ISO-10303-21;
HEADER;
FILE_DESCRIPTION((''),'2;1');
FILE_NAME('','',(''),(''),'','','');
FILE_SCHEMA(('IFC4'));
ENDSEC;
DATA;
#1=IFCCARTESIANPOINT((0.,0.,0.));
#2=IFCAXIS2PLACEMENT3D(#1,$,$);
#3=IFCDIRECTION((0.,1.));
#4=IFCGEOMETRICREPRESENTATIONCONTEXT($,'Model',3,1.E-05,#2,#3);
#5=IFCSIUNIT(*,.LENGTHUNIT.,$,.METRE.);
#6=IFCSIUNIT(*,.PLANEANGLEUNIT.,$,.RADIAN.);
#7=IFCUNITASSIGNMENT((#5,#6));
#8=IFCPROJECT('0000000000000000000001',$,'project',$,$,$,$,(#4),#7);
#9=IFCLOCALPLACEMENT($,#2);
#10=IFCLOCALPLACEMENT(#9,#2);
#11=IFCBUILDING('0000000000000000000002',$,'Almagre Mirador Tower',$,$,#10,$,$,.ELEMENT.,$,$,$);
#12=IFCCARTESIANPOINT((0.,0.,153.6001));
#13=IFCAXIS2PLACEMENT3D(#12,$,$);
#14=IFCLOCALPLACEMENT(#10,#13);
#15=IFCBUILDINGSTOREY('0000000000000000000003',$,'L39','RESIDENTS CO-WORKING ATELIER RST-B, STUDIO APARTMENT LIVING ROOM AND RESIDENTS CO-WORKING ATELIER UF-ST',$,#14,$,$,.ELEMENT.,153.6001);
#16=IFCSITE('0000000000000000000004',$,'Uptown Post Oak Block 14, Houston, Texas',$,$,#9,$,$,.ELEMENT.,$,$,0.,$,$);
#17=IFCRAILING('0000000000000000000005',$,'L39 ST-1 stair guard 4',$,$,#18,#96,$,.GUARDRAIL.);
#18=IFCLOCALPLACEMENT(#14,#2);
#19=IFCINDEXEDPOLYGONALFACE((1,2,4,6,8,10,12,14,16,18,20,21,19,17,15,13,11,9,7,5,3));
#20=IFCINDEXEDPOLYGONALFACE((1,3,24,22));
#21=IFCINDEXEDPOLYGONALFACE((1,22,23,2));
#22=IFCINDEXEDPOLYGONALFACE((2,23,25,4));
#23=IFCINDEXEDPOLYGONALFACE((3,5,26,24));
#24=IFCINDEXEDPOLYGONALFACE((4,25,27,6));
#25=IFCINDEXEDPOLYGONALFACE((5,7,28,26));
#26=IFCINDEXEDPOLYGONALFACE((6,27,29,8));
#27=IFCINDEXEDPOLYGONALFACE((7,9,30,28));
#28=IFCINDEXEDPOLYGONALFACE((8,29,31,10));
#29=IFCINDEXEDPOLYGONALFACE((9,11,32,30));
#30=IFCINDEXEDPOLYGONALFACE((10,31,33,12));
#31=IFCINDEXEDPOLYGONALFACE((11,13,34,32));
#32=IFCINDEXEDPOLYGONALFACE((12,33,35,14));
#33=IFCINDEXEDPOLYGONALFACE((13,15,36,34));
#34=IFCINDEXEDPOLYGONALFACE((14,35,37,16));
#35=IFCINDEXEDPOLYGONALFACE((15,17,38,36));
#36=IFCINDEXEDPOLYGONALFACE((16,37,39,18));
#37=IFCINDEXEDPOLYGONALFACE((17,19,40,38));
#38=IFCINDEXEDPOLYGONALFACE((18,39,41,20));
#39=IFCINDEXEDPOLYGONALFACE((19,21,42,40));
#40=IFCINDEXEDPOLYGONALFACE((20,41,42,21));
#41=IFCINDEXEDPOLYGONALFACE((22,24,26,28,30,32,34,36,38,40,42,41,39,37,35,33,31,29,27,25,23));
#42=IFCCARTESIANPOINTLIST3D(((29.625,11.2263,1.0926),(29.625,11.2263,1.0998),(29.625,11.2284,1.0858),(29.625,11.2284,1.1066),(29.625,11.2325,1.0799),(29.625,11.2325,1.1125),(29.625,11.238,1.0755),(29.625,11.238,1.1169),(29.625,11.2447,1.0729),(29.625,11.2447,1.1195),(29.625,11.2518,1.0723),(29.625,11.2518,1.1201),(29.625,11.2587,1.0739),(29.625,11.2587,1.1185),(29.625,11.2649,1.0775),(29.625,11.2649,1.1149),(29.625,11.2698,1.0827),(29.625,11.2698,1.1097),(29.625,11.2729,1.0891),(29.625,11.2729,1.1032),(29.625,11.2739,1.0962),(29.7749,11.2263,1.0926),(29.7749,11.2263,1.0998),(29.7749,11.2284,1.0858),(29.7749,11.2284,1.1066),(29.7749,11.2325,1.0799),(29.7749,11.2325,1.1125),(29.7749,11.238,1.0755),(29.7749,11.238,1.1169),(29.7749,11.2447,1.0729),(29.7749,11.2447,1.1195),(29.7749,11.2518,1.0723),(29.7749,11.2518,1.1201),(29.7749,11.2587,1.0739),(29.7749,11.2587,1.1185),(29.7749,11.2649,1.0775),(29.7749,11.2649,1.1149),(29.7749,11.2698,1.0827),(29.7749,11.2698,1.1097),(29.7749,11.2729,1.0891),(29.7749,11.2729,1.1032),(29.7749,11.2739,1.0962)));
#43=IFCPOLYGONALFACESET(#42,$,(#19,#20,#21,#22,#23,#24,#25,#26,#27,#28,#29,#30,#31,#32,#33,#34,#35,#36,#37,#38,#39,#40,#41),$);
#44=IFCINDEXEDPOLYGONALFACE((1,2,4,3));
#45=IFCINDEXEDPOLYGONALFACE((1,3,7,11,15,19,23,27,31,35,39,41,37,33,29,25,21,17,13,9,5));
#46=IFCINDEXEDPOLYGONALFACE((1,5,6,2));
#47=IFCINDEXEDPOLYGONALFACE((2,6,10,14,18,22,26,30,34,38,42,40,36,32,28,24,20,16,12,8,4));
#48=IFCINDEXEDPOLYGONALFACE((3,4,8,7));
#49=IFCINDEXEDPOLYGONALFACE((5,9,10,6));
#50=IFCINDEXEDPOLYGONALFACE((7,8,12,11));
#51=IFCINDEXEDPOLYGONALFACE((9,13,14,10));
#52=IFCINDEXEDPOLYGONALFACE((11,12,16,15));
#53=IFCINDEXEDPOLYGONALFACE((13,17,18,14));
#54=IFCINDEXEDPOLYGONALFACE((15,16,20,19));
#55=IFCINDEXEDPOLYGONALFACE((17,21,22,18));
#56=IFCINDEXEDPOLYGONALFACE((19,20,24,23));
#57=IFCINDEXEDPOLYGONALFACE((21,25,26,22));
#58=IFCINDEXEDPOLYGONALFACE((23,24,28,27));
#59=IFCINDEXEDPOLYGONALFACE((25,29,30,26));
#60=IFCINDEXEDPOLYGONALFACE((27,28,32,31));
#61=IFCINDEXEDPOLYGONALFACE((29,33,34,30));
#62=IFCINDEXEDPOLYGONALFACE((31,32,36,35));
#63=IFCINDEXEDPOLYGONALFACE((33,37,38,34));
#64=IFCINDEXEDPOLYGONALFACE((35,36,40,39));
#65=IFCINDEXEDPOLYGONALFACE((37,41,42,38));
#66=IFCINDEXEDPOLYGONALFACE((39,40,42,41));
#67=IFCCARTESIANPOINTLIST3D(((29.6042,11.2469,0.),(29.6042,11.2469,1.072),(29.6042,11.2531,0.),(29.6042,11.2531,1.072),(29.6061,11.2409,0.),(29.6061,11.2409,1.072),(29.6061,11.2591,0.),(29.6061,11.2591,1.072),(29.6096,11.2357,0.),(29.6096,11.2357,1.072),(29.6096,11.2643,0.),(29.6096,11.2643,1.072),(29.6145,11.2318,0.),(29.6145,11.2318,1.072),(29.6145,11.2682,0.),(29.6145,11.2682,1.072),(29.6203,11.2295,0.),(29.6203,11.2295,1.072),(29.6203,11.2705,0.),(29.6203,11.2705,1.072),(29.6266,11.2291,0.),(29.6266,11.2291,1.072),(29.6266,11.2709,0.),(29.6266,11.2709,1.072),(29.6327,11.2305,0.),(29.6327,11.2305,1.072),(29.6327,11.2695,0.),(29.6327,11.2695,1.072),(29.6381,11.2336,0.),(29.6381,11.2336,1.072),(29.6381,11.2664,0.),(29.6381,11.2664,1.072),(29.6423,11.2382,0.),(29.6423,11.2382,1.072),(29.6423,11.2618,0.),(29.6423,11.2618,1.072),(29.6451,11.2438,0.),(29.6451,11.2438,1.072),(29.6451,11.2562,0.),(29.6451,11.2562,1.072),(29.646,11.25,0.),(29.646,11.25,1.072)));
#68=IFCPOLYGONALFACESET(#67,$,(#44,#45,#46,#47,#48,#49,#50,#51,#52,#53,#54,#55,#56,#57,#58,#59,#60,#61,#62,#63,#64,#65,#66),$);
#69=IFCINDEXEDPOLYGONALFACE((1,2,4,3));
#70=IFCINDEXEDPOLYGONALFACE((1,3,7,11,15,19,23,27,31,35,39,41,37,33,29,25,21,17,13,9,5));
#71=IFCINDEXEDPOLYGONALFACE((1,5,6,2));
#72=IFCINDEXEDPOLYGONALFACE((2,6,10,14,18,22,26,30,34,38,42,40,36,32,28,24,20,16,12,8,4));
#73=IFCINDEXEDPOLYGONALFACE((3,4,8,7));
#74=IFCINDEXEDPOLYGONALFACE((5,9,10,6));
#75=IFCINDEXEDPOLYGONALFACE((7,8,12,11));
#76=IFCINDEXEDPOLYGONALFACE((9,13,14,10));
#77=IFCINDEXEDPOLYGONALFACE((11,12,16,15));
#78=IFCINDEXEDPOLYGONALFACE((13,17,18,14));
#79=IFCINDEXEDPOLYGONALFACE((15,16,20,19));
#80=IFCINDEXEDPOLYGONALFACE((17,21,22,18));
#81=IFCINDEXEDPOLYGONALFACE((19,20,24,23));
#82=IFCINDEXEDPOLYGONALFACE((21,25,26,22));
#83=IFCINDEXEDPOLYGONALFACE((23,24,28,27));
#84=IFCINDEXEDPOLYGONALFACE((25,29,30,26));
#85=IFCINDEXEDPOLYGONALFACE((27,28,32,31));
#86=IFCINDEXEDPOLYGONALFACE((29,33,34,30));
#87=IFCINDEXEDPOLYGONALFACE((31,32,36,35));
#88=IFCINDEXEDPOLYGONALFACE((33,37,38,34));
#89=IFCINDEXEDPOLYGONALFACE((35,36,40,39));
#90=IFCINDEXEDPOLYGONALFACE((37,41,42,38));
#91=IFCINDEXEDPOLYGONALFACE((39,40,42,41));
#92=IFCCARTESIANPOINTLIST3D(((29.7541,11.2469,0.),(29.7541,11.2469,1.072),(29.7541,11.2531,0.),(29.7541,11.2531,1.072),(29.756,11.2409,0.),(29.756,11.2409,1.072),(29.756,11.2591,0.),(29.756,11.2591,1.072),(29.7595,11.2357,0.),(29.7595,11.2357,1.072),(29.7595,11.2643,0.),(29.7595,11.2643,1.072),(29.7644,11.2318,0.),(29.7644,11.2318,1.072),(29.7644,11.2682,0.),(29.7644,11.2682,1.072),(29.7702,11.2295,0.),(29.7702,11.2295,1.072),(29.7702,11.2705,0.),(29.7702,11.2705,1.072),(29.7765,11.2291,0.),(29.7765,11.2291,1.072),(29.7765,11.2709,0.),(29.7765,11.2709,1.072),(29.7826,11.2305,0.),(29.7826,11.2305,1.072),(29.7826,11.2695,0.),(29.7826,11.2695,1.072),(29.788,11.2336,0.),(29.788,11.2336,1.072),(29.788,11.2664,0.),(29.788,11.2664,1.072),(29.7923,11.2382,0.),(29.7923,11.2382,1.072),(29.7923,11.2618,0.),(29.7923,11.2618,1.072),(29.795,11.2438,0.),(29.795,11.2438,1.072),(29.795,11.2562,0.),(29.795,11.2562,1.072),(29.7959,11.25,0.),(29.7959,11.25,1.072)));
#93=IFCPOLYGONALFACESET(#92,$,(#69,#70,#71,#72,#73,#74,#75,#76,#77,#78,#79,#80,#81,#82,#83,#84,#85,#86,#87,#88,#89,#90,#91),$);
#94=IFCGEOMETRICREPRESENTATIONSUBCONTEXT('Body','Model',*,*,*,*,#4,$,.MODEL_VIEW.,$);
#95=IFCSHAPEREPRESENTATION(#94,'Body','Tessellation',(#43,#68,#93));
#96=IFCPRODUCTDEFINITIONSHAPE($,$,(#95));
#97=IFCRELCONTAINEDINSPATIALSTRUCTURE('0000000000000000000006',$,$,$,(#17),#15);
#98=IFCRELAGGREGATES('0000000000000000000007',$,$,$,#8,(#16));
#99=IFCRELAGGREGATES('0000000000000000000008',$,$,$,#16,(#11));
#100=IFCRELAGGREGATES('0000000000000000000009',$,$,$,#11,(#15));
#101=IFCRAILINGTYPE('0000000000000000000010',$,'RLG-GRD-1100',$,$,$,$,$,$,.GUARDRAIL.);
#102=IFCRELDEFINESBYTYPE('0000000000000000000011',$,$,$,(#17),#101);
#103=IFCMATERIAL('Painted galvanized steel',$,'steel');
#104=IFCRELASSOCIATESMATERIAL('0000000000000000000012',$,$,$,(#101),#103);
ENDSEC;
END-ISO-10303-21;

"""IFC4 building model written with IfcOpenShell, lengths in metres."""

from ifc_helpers import new_model, si_unit, direction, frame, origin, origin_2d, place, context, subcontext, project, spatial, circle, extrude, material, type_object, element, save


model = new_model("IFC4")

# Units and contexts
model_context = context("Model", 3, precision=1e-05, world=origin(), true_north=direction((0.0, 1.0)))
body_context = subcontext(model_context, "Body", "Model", "MODEL_VIEW")
ifc_project = project(units=[si_unit("LENGTHUNIT", "METRE"), si_unit("PLANEANGLEUNIT", "RADIAN")], contexts=[model_context])

# Site, building, storey
site_placement = place(None, origin())
site = spatial("IfcSite", under=ifc_project, at=site_placement, Name="Uptown Post Oak Block 14, Houston, Texas", CompositionType="ELEMENT", RefElevation=0.0)
building_placement = place(site_placement, origin())
building = spatial("IfcBuilding", under=site, at=building_placement, Name="Almagre Mirador Tower", CompositionType="ELEMENT")
storey_placement = place(building_placement, frame((0.0, 0.0, 153.6001)))
storey = spatial("IfcBuildingStorey", under=building, at=storey_placement, Name="L39", Description="RESIDENTS CO-WORKING ATELIER RST-B, STUDIO APARTMENT LIVING ROOM AND RESIDENTS CO-WORKING ATELIER UF-ST", CompositionType="ELEMENT", Elevation=153.6001)

# Railing
ifc_material_1 = material(Name="Painted galvanized steel", Category="steel")
railing_type_1 = type_object("IfcRailingType", Name="RLG-GRD-1100", PredefinedType="GUARDRAIL", material=ifc_material_1)
railing_1_placement = place(storey_placement, frame((29.625, 11.25, 0.0)))
element("IfcRailing", 1, at=railing_1_placement, inside=storey, type_object=railing_type_1, Name="L39 ST-1 stair guard 4", PredefinedType="GUARDRAIL", context=body_context, shape_type="SweptSolid", body=[
    extrude(circle(Radius=0.0239, at=origin_2d()), frame((0.0, 0.0, 1.0962), z_axis=(1.0, 0.0, 0.0), x_axis=(0.0, 1.0, 0.0)), (0.0, 0.0, 1.0), 0.1499),
    extrude(circle(Radius=0.021, at=origin_2d()), origin(), (0.0, 0.0, 1.0), 1.072),
    extrude(circle(Radius=0.021, at=origin_2d()), frame((0.1499, 0.0, 0.0)), (0.0, 0.0, 1.0), 1.072),
])

save(model, "model.ifc")
